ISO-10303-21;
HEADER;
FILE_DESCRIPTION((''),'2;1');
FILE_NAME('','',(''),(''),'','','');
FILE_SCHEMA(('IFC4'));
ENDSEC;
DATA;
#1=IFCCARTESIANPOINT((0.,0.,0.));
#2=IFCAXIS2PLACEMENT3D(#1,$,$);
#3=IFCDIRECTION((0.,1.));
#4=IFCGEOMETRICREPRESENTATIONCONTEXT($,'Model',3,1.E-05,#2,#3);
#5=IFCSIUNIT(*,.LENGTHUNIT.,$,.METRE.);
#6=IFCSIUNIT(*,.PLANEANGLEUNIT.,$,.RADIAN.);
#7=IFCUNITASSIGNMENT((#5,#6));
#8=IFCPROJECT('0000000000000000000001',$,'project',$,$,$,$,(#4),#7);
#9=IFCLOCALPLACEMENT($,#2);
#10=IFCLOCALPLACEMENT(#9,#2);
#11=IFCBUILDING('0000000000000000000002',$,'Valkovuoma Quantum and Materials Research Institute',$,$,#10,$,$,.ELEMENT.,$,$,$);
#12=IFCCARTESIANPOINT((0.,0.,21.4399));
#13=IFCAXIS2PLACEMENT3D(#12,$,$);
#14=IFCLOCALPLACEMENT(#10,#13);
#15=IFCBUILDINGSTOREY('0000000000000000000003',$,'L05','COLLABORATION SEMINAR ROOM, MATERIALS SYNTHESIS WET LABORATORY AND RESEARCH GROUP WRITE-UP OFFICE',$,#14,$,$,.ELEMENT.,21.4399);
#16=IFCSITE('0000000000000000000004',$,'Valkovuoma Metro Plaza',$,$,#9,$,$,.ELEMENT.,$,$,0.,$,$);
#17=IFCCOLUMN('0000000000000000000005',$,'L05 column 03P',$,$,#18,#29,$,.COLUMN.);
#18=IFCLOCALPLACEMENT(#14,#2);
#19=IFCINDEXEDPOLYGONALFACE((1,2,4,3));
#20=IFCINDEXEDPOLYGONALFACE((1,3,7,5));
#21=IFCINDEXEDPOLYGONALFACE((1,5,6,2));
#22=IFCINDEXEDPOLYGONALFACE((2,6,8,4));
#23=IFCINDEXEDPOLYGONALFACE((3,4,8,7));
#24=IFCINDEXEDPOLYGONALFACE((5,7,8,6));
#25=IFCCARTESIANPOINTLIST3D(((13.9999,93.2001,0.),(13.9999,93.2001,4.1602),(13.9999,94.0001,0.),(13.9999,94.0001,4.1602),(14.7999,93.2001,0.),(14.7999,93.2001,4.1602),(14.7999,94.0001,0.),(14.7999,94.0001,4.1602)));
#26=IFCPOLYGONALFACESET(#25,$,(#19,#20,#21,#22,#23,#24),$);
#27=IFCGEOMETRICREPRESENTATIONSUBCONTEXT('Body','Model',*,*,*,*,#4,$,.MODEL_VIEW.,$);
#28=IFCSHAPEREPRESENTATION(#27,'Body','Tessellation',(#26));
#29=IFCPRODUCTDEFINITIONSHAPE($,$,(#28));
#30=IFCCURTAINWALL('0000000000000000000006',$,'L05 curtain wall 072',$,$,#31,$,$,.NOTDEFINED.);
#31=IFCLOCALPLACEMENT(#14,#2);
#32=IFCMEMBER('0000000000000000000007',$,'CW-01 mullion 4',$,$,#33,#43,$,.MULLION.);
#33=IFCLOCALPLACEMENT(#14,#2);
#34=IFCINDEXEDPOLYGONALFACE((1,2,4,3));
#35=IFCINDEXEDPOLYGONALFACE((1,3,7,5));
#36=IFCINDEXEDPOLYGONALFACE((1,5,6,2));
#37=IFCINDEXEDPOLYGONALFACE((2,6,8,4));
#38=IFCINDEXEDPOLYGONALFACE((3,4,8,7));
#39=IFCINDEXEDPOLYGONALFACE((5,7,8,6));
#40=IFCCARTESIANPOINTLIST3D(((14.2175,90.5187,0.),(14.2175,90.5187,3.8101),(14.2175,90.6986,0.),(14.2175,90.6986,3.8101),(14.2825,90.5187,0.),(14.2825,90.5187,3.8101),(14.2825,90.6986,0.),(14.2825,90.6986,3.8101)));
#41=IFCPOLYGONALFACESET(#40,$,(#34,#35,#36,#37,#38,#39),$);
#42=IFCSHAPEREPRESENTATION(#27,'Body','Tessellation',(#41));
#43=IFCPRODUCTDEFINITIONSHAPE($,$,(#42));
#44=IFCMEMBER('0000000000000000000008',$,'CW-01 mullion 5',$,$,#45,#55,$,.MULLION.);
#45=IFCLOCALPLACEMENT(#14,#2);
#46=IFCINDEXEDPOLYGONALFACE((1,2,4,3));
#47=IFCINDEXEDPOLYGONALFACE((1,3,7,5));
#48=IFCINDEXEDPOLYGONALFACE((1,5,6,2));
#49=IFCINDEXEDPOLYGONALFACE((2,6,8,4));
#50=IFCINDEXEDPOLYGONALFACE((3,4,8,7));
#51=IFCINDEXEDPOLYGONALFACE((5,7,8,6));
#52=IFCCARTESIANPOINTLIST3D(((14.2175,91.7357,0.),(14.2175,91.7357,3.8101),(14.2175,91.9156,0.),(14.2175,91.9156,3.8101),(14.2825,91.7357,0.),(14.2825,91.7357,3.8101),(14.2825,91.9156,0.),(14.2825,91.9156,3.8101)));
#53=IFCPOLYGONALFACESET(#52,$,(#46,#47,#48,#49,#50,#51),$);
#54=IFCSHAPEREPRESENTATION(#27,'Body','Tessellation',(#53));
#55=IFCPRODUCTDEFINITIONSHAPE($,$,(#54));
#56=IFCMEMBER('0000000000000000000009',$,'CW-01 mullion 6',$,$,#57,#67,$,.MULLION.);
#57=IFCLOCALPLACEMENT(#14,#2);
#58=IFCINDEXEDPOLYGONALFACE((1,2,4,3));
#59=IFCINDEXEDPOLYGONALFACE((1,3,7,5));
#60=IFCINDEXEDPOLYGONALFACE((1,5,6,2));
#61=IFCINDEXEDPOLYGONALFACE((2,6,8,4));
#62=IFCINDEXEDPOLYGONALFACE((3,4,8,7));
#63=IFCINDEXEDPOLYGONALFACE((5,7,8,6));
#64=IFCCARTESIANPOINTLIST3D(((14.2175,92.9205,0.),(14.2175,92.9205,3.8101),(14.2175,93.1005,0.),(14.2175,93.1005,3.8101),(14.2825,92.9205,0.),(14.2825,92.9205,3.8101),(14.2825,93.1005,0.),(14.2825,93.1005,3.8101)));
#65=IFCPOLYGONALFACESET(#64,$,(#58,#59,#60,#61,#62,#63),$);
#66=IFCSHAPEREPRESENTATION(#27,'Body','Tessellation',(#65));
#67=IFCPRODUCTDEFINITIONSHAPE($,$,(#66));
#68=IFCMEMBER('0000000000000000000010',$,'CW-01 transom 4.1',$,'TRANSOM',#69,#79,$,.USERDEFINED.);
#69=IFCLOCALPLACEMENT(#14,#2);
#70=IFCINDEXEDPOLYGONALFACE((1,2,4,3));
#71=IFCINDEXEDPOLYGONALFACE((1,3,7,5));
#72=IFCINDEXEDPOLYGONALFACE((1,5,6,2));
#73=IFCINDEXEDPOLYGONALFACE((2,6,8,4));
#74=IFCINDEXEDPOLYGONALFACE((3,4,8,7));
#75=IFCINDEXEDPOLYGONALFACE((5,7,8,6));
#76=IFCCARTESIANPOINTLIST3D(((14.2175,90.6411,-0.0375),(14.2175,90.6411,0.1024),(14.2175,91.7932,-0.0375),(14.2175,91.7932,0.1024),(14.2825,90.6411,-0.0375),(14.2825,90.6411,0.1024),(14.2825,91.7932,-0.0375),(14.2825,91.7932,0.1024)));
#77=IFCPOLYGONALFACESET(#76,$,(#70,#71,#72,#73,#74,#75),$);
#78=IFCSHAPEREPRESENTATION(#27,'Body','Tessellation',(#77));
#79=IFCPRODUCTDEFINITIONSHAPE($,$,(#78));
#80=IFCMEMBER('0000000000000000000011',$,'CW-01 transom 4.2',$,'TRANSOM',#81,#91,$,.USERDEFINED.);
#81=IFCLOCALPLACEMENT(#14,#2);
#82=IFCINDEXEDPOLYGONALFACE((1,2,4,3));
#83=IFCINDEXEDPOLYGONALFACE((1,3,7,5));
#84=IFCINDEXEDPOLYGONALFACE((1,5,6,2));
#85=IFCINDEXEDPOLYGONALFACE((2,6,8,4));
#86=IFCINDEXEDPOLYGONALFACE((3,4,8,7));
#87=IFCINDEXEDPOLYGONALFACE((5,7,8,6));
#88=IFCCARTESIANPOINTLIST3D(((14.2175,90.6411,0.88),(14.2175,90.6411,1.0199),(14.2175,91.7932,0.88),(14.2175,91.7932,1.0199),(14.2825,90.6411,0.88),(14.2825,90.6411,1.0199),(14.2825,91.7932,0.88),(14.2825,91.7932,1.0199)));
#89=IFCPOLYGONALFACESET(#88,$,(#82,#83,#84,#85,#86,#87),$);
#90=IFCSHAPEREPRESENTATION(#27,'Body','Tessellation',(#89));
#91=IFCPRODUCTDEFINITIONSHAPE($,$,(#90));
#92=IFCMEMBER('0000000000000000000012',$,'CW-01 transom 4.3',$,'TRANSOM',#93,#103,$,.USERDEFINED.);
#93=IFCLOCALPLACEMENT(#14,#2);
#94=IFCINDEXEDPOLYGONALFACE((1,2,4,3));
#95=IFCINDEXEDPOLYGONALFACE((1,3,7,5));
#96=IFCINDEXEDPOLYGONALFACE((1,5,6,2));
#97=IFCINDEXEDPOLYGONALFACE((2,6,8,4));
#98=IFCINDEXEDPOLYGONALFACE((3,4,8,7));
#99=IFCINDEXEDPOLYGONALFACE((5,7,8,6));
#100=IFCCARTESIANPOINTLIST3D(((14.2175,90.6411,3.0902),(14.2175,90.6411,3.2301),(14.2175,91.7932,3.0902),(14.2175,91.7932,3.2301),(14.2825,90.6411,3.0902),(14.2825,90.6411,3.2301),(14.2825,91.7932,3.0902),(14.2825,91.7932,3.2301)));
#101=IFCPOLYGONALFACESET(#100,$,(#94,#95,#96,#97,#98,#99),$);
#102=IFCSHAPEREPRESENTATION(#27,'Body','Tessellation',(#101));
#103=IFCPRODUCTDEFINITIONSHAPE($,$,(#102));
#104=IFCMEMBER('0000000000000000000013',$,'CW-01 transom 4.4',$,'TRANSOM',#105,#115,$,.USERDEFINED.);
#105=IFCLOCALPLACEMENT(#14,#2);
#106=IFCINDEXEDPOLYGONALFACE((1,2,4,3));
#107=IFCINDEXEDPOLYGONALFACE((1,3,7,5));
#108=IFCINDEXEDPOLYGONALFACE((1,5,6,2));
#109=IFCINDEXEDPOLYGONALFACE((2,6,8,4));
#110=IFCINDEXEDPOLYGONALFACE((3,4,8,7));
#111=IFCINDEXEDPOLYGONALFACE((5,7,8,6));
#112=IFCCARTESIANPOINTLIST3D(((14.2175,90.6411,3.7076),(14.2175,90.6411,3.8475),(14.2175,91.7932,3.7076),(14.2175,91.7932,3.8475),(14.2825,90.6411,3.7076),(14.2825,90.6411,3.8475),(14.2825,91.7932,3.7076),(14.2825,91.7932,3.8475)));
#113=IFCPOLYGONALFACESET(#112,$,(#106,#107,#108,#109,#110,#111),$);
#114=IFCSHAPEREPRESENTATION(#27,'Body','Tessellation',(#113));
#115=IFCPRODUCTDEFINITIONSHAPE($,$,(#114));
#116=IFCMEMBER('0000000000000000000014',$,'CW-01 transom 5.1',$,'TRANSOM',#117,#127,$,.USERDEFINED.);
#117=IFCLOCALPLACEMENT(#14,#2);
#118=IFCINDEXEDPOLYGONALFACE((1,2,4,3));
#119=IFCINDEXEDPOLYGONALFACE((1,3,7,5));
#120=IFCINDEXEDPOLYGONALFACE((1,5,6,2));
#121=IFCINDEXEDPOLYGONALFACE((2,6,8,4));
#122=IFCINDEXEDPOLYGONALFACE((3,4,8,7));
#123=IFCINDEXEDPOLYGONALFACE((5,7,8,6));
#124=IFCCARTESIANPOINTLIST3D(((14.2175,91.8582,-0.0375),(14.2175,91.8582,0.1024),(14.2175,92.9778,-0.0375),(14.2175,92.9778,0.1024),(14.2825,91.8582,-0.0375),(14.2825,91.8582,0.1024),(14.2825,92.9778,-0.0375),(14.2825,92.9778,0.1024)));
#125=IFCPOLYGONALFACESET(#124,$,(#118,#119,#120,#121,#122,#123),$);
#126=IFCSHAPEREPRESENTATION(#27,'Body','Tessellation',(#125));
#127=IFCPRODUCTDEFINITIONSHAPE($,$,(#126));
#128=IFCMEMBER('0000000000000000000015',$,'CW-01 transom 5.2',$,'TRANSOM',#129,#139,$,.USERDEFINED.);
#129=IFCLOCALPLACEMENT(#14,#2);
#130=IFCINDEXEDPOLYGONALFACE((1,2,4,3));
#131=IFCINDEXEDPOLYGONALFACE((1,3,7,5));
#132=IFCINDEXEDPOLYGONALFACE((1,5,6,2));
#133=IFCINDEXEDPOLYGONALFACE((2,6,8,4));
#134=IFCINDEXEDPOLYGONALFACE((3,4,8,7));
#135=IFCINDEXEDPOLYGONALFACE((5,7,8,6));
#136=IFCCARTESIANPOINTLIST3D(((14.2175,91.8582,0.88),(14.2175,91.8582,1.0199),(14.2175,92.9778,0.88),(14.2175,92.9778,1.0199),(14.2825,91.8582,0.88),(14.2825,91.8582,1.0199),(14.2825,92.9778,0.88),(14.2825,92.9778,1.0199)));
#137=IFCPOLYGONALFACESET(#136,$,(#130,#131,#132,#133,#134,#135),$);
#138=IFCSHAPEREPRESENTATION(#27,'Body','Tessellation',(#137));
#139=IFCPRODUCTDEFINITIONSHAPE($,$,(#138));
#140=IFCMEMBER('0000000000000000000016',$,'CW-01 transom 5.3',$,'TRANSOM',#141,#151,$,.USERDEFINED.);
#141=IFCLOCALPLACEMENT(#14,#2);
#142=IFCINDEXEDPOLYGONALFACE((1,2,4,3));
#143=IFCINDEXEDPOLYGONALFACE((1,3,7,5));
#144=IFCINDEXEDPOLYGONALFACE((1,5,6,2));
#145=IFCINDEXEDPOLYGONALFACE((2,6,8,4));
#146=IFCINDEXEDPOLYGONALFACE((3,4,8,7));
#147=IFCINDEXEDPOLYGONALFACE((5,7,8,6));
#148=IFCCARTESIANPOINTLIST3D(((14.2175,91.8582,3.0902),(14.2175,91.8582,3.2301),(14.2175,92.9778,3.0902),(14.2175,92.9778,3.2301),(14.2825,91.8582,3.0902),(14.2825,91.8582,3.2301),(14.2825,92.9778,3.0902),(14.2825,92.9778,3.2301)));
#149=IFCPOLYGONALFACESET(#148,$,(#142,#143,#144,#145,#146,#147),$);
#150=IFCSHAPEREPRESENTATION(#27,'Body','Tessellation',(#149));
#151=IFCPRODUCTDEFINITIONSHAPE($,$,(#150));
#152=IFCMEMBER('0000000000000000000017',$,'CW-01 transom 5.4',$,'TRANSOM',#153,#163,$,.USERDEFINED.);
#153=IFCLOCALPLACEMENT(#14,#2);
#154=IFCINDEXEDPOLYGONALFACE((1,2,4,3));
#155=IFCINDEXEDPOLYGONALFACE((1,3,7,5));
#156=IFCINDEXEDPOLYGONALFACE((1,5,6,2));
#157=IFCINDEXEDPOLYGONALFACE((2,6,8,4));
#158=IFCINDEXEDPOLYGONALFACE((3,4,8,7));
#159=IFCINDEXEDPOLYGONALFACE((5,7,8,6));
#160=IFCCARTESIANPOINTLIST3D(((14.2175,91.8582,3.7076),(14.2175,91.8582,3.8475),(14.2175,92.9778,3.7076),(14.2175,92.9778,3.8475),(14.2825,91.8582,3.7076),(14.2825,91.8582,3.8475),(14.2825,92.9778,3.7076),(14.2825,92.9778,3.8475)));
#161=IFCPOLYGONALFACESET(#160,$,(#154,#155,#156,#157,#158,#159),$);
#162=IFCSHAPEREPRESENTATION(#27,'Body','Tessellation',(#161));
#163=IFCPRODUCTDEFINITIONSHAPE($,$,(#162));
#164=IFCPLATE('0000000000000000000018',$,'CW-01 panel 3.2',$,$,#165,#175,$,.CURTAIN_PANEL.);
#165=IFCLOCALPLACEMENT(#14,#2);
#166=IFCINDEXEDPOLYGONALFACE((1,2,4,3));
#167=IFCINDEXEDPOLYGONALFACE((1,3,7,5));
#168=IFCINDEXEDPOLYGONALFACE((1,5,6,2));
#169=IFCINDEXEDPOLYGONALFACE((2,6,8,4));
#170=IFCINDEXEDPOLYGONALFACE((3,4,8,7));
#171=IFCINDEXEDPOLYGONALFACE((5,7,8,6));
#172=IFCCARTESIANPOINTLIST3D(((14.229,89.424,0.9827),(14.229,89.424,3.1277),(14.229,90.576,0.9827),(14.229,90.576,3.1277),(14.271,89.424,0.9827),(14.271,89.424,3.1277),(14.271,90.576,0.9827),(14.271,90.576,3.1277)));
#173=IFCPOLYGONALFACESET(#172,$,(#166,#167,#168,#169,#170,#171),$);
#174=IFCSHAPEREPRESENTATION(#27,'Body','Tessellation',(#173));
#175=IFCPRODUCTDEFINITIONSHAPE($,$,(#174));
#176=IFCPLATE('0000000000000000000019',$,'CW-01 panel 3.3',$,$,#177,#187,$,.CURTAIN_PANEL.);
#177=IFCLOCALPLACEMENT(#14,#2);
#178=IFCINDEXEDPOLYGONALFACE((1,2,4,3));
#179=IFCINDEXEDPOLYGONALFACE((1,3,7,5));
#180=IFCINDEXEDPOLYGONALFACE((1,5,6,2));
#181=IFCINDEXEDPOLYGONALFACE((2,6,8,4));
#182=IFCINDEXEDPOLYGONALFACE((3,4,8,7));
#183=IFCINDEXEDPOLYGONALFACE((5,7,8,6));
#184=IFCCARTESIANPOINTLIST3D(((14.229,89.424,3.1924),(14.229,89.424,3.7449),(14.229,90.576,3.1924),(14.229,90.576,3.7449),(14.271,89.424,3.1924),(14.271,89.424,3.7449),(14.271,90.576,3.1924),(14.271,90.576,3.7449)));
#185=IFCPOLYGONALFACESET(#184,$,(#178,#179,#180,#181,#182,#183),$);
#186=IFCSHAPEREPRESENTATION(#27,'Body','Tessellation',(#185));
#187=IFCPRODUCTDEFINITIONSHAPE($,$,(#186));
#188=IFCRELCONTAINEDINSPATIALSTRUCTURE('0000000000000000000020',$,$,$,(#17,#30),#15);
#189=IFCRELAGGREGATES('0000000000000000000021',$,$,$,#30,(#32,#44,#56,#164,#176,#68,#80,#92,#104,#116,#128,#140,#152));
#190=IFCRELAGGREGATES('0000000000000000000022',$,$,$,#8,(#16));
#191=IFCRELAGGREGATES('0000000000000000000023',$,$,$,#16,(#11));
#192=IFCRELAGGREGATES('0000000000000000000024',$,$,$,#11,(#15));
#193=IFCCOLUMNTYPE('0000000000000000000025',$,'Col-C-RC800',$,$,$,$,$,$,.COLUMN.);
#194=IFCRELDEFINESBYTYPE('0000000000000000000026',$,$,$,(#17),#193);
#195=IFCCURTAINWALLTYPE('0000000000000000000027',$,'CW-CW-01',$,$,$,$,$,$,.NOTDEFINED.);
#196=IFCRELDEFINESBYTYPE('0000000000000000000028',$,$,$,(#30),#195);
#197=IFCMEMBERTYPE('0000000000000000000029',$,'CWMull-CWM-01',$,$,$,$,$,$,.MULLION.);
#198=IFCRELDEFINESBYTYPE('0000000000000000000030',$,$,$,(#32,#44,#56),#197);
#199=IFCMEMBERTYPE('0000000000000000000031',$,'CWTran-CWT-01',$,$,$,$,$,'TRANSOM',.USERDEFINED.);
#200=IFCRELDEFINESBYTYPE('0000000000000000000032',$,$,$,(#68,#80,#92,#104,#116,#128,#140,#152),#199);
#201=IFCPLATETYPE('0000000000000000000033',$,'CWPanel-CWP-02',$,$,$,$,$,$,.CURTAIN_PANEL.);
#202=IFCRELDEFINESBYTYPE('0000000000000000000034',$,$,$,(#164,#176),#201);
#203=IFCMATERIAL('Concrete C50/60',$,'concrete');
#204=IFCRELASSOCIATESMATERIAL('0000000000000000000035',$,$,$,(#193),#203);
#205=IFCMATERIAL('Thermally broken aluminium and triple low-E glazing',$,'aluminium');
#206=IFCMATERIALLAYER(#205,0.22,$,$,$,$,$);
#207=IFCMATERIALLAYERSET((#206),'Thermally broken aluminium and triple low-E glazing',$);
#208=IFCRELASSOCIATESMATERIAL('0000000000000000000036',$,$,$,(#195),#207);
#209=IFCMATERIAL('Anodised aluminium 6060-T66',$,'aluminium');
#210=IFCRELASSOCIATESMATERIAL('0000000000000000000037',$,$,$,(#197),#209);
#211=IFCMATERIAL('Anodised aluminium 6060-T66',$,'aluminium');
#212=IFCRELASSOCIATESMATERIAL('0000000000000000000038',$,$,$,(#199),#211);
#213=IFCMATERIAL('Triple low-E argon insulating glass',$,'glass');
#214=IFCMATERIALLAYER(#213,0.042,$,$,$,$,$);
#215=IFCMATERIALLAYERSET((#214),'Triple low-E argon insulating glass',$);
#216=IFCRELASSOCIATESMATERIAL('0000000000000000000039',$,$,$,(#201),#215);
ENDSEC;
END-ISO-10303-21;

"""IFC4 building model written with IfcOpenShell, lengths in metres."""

from ifc_helpers import new_model, si_unit, direction, frame, origin, origin_2d, place, context, subcontext, project, spatial, rectangle, extrude, material, layer, layer_set, material_profile, profile_set, type_object, element, aggregate, save


model = new_model("IFC4")

# Units and contexts
model_context = context("Model", 3, precision=1e-05, world=origin(), true_north=direction((0.0, 1.0)))
body_context = subcontext(model_context, "Body", "Model", "MODEL_VIEW")
ifc_project = project(units=[si_unit("LENGTHUNIT", "METRE"), si_unit("PLANEANGLEUNIT", "RADIAN")], contexts=[model_context])

# Site, building, storey
site_placement = place(None, origin())
site = spatial("IfcSite", under=ifc_project, at=site_placement, Name="Valkovuoma Metro Plaza", CompositionType="ELEMENT", RefElevation=0.0)
building_placement = place(site_placement, origin())
building = spatial("IfcBuilding", under=site, at=building_placement, Name="Valkovuoma Quantum and Materials Research Institute", CompositionType="ELEMENT")
storey_placement = place(building_placement, frame((0.0, 0.0, 21.4399)))
storey = spatial("IfcBuildingStorey", under=building, at=storey_placement, Name="L05", Description="COLLABORATION SEMINAR ROOM, MATERIALS SYNTHESIS WET LABORATORY AND RESEARCH GROUP WRITE-UP OFFICE", CompositionType="ELEMENT", Elevation=21.4399)

# Column
ifc_material_1 = material(Name="Concrete C50/60", Category="concrete")
ifc_material_profile_1 = material_profile(ifc_material_1, rectangle(XDim=0.8, YDim=0.8, at=origin_2d()), Name="Concrete C50/60")
ifc_profile_set_1 = profile_set([ifc_material_profile_1], Name="Concrete C50/60")
column_type = type_object("IfcColumnType", Name="Col-C-RC800", PredefinedType="COLUMN", material=ifc_profile_set_1)
column_placement = place(storey_placement, frame((14.3999, 93.6001, 0.0), z_axis=(0.0, 0.0, 1.0), x_axis=(1.0, 0.0, 0.0)))
element("IfcColumn", 1, at=column_placement, inside=storey, type_object=column_type, Name="L05 column 03P", PredefinedType="COLUMN", context=body_context, shape_type="SweptSolid", body=[
    extrude(rectangle(XDim=0.8, YDim=0.8, at=origin_2d()), origin(), (0.0, 0.0, 1.0), 4.1602),
])

# Curtain wall, members, plates
ifc_material_2 = material(Name="Thermally broken aluminium and triple low-E glazing", Category="aluminium")
ifc_layer_1 = layer(ifc_material_2, 0.22)
ifc_layer_set_1 = layer_set([ifc_layer_1], Name="Thermally broken aluminium and triple low-E glazing")
curtain_wall_type = type_object("IfcCurtainWallType", Name="CW-CW-01", PredefinedType="NOTDEFINED", material=ifc_layer_set_1)
curtain_wall_placement = place(storey_placement, origin())
curtain_wall = element("IfcCurtainWall", 2, at=curtain_wall_placement, inside=storey, type_object=curtain_wall_type, Name="L05 curtain wall 072", PredefinedType="NOTDEFINED")
ifc_material_3 = material(Name="Anodised aluminium 6060-T66", Category="aluminium")
ifc_material_profile_2 = material_profile(ifc_material_3, rectangle(XDim=0.0649, YDim=0.1799, at=origin_2d()), Name="Anodised aluminium 6060-T66")
ifc_profile_set_2 = profile_set([ifc_material_profile_2], Name="Anodised aluminium 6060-T66")
member_type_1 = type_object("IfcMemberType", Name="CWMull-CWM-01", PredefinedType="MULLION", material=ifc_profile_set_2)
member_1_placement = place(storey_placement, frame((14.25, 90.6086, 0.0), z_axis=(0.0, 0.0, 1.0), x_axis=(-1.0, 0.0, 0.0)))
member_1 = element("IfcMember", 3, at=member_1_placement, type_object=member_type_1, Name="CW-01 mullion 4", PredefinedType="MULLION", context=body_context, shape_type="SweptSolid", body=[
    extrude(rectangle(XDim=0.0649, YDim=0.1799, at=origin_2d()), origin(), (0.0, 0.0, 1.0), 3.8101),
])
member_2_placement = place(storey_placement, frame((14.25, 91.8257, 0.0), z_axis=(0.0, 0.0, 1.0), x_axis=(-1.0, 0.0, 0.0)))
member_2 = element("IfcMember", 4, at=member_2_placement, type_object=member_type_1, Name="CW-01 mullion 5", PredefinedType="MULLION", context=body_context, shape_type="SweptSolid", body=[
    extrude(rectangle(XDim=0.0649, YDim=0.1799, at=origin_2d()), origin(), (0.0, 0.0, 1.0), 3.8101),
])
member_3_placement = place(storey_placement, frame((14.25, 93.0105, 0.0), z_axis=(0.0, 0.0, 1.0), x_axis=(-1.0, 0.0, 0.0)))
member_3 = element("IfcMember", 5, at=member_3_placement, type_object=member_type_1, Name="CW-01 mullion 6", PredefinedType="MULLION", context=body_context, shape_type="SweptSolid", body=[
    extrude(rectangle(XDim=0.0649, YDim=0.1799, at=origin_2d()), origin(), (0.0, 0.0, 1.0), 3.8101),
])
ifc_material_4 = material(Name="Anodised aluminium 6060-T66", Category="aluminium")
ifc_material_profile_3 = material_profile(ifc_material_4, rectangle(XDim=0.0649, YDim=0.1399, at=origin_2d()), Name="Anodised aluminium 6060-T66")
ifc_profile_set_3 = profile_set([ifc_material_profile_3], Name="Anodised aluminium 6060-T66")
member_type_2 = type_object("IfcMemberType", Name="CWTran-CWT-01", ElementType="TRANSOM", PredefinedType="USERDEFINED", material=ifc_profile_set_3)
member_4_placement = place(storey_placement, frame((14.25, 90.6411, 0.0325), z_axis=(0.0, 1.0, 0.0), x_axis=(-1.0, 0.0, 0.0)))
member_4 = element("IfcMember", 6, at=member_4_placement, type_object=member_type_2, Name="CW-01 transom 4.1", ObjectType="TRANSOM", PredefinedType="USERDEFINED", context=body_context, shape_type="SweptSolid", body=[
    extrude(rectangle(XDim=0.0649, YDim=0.1399, at=origin_2d()), origin(), (0.0, 0.0, 1.0), 1.1521),
])
member_5_placement = place(storey_placement, frame((14.25, 90.6411, 0.95), z_axis=(0.0, 1.0, 0.0), x_axis=(-1.0, 0.0, 0.0)))
member_5 = element("IfcMember", 7, at=member_5_placement, type_object=member_type_2, Name="CW-01 transom 4.2", ObjectType="TRANSOM", PredefinedType="USERDEFINED", context=body_context, shape_type="SweptSolid", body=[
    extrude(rectangle(XDim=0.0649, YDim=0.1399, at=origin_2d()), origin(), (0.0, 0.0, 1.0), 1.1521),
])
member_6_placement = place(storey_placement, frame((14.25, 90.6411, 3.1602), z_axis=(0.0, 1.0, 0.0), x_axis=(-1.0, 0.0, 0.0)))
member_6 = element("IfcMember", 8, at=member_6_placement, type_object=member_type_2, Name="CW-01 transom 4.3", ObjectType="TRANSOM", PredefinedType="USERDEFINED", context=body_context, shape_type="SweptSolid", body=[
    extrude(rectangle(XDim=0.0649, YDim=0.1399, at=origin_2d()), origin(), (0.0, 0.0, 1.0), 1.1521),
])
member_7_placement = place(storey_placement, frame((14.25, 90.6411, 3.7776), z_axis=(0.0, 1.0, 0.0), x_axis=(-1.0, 0.0, 0.0)))
member_7 = element("IfcMember", 9, at=member_7_placement, type_object=member_type_2, Name="CW-01 transom 4.4", ObjectType="TRANSOM", PredefinedType="USERDEFINED", context=body_context, shape_type="SweptSolid", body=[
    extrude(rectangle(XDim=0.0649, YDim=0.1399, at=origin_2d()), origin(), (0.0, 0.0, 1.0), 1.1521),
])
member_8_placement = place(storey_placement, frame((14.25, 91.8582, 0.0325), z_axis=(0.0, 1.0, 0.0), x_axis=(-1.0, 0.0, 0.0)))
member_8 = element("IfcMember", 10, at=member_8_placement, type_object=member_type_2, Name="CW-01 transom 5.1", ObjectType="TRANSOM", PredefinedType="USERDEFINED", context=body_context, shape_type="SweptSolid", body=[
    extrude(rectangle(XDim=0.0649, YDim=0.1399, at=origin_2d()), origin(), (0.0, 0.0, 1.0), 1.1196),
])
member_9_placement = place(storey_placement, frame((14.25, 91.8582, 0.95), z_axis=(0.0, 1.0, 0.0), x_axis=(-1.0, 0.0, 0.0)))
member_9 = element("IfcMember", 11, at=member_9_placement, type_object=member_type_2, Name="CW-01 transom 5.2", ObjectType="TRANSOM", PredefinedType="USERDEFINED", context=body_context, shape_type="SweptSolid", body=[
    extrude(rectangle(XDim=0.0649, YDim=0.1399, at=origin_2d()), origin(), (0.0, 0.0, 1.0), 1.1196),
])
member_10_placement = place(storey_placement, frame((14.25, 91.8582, 3.1602), z_axis=(0.0, 1.0, 0.0), x_axis=(-1.0, 0.0, 0.0)))
member_10 = element("IfcMember", 12, at=member_10_placement, type_object=member_type_2, Name="CW-01 transom 5.3", ObjectType="TRANSOM", PredefinedType="USERDEFINED", context=body_context, shape_type="SweptSolid", body=[
    extrude(rectangle(XDim=0.0649, YDim=0.1399, at=origin_2d()), origin(), (0.0, 0.0, 1.0), 1.1196),
])
member_11_placement = place(storey_placement, frame((14.25, 91.8582, 3.7776), z_axis=(0.0, 1.0, 0.0), x_axis=(-1.0, 0.0, 0.0)))
member_11 = element("IfcMember", 13, at=member_11_placement, type_object=member_type_2, Name="CW-01 transom 5.4", ObjectType="TRANSOM", PredefinedType="USERDEFINED", context=body_context, shape_type="SweptSolid", body=[
    extrude(rectangle(XDim=0.0649, YDim=0.1399, at=origin_2d()), origin(), (0.0, 0.0, 1.0), 1.1196),
])
ifc_material_5 = material(Name="Triple low-E argon insulating glass", Category="glass")
ifc_layer_2 = layer(ifc_material_5, 0.042)
ifc_layer_set_2 = layer_set([ifc_layer_2], Name="Triple low-E argon insulating glass")
plate_type = type_object("IfcPlateType", Name="CWPanel-CWP-02", PredefinedType="CURTAIN_PANEL", material=ifc_layer_set_2)
plate_1_placement = place(storey_placement, frame((14.25, 90.0, 0.9827), z_axis=(0.0, 0.0, 1.0), x_axis=(0.0, 1.0, 0.0)))
plate_1 = element("IfcPlate", 14, at=plate_1_placement, type_object=plate_type, Name="CW-01 panel 3.2", PredefinedType="CURTAIN_PANEL", context=body_context, shape_type="SweptSolid", body=[
    extrude(rectangle(XDim=1.1521, YDim=0.042, at=origin_2d()), origin(), (0.0, 0.0, 1.0), 2.145),
])
plate_2_placement = place(storey_placement, frame((14.25, 90.0, 3.1924), z_axis=(0.0, 0.0, 1.0), x_axis=(0.0, 1.0, 0.0)))
plate_2 = element("IfcPlate", 15, at=plate_2_placement, type_object=plate_type, Name="CW-01 panel 3.3", PredefinedType="CURTAIN_PANEL", context=body_context, shape_type="SweptSolid", body=[
    extrude(rectangle(XDim=1.1521, YDim=0.042, at=origin_2d()), origin(), (0.0, 0.0, 1.0), 0.5525),
])
aggregate(curtain_wall, [member_1, member_2, member_3, plate_1, plate_2, member_4, member_5, member_6, member_7, member_8, member_9, member_10, member_11])

save(model, "model.ifc")
